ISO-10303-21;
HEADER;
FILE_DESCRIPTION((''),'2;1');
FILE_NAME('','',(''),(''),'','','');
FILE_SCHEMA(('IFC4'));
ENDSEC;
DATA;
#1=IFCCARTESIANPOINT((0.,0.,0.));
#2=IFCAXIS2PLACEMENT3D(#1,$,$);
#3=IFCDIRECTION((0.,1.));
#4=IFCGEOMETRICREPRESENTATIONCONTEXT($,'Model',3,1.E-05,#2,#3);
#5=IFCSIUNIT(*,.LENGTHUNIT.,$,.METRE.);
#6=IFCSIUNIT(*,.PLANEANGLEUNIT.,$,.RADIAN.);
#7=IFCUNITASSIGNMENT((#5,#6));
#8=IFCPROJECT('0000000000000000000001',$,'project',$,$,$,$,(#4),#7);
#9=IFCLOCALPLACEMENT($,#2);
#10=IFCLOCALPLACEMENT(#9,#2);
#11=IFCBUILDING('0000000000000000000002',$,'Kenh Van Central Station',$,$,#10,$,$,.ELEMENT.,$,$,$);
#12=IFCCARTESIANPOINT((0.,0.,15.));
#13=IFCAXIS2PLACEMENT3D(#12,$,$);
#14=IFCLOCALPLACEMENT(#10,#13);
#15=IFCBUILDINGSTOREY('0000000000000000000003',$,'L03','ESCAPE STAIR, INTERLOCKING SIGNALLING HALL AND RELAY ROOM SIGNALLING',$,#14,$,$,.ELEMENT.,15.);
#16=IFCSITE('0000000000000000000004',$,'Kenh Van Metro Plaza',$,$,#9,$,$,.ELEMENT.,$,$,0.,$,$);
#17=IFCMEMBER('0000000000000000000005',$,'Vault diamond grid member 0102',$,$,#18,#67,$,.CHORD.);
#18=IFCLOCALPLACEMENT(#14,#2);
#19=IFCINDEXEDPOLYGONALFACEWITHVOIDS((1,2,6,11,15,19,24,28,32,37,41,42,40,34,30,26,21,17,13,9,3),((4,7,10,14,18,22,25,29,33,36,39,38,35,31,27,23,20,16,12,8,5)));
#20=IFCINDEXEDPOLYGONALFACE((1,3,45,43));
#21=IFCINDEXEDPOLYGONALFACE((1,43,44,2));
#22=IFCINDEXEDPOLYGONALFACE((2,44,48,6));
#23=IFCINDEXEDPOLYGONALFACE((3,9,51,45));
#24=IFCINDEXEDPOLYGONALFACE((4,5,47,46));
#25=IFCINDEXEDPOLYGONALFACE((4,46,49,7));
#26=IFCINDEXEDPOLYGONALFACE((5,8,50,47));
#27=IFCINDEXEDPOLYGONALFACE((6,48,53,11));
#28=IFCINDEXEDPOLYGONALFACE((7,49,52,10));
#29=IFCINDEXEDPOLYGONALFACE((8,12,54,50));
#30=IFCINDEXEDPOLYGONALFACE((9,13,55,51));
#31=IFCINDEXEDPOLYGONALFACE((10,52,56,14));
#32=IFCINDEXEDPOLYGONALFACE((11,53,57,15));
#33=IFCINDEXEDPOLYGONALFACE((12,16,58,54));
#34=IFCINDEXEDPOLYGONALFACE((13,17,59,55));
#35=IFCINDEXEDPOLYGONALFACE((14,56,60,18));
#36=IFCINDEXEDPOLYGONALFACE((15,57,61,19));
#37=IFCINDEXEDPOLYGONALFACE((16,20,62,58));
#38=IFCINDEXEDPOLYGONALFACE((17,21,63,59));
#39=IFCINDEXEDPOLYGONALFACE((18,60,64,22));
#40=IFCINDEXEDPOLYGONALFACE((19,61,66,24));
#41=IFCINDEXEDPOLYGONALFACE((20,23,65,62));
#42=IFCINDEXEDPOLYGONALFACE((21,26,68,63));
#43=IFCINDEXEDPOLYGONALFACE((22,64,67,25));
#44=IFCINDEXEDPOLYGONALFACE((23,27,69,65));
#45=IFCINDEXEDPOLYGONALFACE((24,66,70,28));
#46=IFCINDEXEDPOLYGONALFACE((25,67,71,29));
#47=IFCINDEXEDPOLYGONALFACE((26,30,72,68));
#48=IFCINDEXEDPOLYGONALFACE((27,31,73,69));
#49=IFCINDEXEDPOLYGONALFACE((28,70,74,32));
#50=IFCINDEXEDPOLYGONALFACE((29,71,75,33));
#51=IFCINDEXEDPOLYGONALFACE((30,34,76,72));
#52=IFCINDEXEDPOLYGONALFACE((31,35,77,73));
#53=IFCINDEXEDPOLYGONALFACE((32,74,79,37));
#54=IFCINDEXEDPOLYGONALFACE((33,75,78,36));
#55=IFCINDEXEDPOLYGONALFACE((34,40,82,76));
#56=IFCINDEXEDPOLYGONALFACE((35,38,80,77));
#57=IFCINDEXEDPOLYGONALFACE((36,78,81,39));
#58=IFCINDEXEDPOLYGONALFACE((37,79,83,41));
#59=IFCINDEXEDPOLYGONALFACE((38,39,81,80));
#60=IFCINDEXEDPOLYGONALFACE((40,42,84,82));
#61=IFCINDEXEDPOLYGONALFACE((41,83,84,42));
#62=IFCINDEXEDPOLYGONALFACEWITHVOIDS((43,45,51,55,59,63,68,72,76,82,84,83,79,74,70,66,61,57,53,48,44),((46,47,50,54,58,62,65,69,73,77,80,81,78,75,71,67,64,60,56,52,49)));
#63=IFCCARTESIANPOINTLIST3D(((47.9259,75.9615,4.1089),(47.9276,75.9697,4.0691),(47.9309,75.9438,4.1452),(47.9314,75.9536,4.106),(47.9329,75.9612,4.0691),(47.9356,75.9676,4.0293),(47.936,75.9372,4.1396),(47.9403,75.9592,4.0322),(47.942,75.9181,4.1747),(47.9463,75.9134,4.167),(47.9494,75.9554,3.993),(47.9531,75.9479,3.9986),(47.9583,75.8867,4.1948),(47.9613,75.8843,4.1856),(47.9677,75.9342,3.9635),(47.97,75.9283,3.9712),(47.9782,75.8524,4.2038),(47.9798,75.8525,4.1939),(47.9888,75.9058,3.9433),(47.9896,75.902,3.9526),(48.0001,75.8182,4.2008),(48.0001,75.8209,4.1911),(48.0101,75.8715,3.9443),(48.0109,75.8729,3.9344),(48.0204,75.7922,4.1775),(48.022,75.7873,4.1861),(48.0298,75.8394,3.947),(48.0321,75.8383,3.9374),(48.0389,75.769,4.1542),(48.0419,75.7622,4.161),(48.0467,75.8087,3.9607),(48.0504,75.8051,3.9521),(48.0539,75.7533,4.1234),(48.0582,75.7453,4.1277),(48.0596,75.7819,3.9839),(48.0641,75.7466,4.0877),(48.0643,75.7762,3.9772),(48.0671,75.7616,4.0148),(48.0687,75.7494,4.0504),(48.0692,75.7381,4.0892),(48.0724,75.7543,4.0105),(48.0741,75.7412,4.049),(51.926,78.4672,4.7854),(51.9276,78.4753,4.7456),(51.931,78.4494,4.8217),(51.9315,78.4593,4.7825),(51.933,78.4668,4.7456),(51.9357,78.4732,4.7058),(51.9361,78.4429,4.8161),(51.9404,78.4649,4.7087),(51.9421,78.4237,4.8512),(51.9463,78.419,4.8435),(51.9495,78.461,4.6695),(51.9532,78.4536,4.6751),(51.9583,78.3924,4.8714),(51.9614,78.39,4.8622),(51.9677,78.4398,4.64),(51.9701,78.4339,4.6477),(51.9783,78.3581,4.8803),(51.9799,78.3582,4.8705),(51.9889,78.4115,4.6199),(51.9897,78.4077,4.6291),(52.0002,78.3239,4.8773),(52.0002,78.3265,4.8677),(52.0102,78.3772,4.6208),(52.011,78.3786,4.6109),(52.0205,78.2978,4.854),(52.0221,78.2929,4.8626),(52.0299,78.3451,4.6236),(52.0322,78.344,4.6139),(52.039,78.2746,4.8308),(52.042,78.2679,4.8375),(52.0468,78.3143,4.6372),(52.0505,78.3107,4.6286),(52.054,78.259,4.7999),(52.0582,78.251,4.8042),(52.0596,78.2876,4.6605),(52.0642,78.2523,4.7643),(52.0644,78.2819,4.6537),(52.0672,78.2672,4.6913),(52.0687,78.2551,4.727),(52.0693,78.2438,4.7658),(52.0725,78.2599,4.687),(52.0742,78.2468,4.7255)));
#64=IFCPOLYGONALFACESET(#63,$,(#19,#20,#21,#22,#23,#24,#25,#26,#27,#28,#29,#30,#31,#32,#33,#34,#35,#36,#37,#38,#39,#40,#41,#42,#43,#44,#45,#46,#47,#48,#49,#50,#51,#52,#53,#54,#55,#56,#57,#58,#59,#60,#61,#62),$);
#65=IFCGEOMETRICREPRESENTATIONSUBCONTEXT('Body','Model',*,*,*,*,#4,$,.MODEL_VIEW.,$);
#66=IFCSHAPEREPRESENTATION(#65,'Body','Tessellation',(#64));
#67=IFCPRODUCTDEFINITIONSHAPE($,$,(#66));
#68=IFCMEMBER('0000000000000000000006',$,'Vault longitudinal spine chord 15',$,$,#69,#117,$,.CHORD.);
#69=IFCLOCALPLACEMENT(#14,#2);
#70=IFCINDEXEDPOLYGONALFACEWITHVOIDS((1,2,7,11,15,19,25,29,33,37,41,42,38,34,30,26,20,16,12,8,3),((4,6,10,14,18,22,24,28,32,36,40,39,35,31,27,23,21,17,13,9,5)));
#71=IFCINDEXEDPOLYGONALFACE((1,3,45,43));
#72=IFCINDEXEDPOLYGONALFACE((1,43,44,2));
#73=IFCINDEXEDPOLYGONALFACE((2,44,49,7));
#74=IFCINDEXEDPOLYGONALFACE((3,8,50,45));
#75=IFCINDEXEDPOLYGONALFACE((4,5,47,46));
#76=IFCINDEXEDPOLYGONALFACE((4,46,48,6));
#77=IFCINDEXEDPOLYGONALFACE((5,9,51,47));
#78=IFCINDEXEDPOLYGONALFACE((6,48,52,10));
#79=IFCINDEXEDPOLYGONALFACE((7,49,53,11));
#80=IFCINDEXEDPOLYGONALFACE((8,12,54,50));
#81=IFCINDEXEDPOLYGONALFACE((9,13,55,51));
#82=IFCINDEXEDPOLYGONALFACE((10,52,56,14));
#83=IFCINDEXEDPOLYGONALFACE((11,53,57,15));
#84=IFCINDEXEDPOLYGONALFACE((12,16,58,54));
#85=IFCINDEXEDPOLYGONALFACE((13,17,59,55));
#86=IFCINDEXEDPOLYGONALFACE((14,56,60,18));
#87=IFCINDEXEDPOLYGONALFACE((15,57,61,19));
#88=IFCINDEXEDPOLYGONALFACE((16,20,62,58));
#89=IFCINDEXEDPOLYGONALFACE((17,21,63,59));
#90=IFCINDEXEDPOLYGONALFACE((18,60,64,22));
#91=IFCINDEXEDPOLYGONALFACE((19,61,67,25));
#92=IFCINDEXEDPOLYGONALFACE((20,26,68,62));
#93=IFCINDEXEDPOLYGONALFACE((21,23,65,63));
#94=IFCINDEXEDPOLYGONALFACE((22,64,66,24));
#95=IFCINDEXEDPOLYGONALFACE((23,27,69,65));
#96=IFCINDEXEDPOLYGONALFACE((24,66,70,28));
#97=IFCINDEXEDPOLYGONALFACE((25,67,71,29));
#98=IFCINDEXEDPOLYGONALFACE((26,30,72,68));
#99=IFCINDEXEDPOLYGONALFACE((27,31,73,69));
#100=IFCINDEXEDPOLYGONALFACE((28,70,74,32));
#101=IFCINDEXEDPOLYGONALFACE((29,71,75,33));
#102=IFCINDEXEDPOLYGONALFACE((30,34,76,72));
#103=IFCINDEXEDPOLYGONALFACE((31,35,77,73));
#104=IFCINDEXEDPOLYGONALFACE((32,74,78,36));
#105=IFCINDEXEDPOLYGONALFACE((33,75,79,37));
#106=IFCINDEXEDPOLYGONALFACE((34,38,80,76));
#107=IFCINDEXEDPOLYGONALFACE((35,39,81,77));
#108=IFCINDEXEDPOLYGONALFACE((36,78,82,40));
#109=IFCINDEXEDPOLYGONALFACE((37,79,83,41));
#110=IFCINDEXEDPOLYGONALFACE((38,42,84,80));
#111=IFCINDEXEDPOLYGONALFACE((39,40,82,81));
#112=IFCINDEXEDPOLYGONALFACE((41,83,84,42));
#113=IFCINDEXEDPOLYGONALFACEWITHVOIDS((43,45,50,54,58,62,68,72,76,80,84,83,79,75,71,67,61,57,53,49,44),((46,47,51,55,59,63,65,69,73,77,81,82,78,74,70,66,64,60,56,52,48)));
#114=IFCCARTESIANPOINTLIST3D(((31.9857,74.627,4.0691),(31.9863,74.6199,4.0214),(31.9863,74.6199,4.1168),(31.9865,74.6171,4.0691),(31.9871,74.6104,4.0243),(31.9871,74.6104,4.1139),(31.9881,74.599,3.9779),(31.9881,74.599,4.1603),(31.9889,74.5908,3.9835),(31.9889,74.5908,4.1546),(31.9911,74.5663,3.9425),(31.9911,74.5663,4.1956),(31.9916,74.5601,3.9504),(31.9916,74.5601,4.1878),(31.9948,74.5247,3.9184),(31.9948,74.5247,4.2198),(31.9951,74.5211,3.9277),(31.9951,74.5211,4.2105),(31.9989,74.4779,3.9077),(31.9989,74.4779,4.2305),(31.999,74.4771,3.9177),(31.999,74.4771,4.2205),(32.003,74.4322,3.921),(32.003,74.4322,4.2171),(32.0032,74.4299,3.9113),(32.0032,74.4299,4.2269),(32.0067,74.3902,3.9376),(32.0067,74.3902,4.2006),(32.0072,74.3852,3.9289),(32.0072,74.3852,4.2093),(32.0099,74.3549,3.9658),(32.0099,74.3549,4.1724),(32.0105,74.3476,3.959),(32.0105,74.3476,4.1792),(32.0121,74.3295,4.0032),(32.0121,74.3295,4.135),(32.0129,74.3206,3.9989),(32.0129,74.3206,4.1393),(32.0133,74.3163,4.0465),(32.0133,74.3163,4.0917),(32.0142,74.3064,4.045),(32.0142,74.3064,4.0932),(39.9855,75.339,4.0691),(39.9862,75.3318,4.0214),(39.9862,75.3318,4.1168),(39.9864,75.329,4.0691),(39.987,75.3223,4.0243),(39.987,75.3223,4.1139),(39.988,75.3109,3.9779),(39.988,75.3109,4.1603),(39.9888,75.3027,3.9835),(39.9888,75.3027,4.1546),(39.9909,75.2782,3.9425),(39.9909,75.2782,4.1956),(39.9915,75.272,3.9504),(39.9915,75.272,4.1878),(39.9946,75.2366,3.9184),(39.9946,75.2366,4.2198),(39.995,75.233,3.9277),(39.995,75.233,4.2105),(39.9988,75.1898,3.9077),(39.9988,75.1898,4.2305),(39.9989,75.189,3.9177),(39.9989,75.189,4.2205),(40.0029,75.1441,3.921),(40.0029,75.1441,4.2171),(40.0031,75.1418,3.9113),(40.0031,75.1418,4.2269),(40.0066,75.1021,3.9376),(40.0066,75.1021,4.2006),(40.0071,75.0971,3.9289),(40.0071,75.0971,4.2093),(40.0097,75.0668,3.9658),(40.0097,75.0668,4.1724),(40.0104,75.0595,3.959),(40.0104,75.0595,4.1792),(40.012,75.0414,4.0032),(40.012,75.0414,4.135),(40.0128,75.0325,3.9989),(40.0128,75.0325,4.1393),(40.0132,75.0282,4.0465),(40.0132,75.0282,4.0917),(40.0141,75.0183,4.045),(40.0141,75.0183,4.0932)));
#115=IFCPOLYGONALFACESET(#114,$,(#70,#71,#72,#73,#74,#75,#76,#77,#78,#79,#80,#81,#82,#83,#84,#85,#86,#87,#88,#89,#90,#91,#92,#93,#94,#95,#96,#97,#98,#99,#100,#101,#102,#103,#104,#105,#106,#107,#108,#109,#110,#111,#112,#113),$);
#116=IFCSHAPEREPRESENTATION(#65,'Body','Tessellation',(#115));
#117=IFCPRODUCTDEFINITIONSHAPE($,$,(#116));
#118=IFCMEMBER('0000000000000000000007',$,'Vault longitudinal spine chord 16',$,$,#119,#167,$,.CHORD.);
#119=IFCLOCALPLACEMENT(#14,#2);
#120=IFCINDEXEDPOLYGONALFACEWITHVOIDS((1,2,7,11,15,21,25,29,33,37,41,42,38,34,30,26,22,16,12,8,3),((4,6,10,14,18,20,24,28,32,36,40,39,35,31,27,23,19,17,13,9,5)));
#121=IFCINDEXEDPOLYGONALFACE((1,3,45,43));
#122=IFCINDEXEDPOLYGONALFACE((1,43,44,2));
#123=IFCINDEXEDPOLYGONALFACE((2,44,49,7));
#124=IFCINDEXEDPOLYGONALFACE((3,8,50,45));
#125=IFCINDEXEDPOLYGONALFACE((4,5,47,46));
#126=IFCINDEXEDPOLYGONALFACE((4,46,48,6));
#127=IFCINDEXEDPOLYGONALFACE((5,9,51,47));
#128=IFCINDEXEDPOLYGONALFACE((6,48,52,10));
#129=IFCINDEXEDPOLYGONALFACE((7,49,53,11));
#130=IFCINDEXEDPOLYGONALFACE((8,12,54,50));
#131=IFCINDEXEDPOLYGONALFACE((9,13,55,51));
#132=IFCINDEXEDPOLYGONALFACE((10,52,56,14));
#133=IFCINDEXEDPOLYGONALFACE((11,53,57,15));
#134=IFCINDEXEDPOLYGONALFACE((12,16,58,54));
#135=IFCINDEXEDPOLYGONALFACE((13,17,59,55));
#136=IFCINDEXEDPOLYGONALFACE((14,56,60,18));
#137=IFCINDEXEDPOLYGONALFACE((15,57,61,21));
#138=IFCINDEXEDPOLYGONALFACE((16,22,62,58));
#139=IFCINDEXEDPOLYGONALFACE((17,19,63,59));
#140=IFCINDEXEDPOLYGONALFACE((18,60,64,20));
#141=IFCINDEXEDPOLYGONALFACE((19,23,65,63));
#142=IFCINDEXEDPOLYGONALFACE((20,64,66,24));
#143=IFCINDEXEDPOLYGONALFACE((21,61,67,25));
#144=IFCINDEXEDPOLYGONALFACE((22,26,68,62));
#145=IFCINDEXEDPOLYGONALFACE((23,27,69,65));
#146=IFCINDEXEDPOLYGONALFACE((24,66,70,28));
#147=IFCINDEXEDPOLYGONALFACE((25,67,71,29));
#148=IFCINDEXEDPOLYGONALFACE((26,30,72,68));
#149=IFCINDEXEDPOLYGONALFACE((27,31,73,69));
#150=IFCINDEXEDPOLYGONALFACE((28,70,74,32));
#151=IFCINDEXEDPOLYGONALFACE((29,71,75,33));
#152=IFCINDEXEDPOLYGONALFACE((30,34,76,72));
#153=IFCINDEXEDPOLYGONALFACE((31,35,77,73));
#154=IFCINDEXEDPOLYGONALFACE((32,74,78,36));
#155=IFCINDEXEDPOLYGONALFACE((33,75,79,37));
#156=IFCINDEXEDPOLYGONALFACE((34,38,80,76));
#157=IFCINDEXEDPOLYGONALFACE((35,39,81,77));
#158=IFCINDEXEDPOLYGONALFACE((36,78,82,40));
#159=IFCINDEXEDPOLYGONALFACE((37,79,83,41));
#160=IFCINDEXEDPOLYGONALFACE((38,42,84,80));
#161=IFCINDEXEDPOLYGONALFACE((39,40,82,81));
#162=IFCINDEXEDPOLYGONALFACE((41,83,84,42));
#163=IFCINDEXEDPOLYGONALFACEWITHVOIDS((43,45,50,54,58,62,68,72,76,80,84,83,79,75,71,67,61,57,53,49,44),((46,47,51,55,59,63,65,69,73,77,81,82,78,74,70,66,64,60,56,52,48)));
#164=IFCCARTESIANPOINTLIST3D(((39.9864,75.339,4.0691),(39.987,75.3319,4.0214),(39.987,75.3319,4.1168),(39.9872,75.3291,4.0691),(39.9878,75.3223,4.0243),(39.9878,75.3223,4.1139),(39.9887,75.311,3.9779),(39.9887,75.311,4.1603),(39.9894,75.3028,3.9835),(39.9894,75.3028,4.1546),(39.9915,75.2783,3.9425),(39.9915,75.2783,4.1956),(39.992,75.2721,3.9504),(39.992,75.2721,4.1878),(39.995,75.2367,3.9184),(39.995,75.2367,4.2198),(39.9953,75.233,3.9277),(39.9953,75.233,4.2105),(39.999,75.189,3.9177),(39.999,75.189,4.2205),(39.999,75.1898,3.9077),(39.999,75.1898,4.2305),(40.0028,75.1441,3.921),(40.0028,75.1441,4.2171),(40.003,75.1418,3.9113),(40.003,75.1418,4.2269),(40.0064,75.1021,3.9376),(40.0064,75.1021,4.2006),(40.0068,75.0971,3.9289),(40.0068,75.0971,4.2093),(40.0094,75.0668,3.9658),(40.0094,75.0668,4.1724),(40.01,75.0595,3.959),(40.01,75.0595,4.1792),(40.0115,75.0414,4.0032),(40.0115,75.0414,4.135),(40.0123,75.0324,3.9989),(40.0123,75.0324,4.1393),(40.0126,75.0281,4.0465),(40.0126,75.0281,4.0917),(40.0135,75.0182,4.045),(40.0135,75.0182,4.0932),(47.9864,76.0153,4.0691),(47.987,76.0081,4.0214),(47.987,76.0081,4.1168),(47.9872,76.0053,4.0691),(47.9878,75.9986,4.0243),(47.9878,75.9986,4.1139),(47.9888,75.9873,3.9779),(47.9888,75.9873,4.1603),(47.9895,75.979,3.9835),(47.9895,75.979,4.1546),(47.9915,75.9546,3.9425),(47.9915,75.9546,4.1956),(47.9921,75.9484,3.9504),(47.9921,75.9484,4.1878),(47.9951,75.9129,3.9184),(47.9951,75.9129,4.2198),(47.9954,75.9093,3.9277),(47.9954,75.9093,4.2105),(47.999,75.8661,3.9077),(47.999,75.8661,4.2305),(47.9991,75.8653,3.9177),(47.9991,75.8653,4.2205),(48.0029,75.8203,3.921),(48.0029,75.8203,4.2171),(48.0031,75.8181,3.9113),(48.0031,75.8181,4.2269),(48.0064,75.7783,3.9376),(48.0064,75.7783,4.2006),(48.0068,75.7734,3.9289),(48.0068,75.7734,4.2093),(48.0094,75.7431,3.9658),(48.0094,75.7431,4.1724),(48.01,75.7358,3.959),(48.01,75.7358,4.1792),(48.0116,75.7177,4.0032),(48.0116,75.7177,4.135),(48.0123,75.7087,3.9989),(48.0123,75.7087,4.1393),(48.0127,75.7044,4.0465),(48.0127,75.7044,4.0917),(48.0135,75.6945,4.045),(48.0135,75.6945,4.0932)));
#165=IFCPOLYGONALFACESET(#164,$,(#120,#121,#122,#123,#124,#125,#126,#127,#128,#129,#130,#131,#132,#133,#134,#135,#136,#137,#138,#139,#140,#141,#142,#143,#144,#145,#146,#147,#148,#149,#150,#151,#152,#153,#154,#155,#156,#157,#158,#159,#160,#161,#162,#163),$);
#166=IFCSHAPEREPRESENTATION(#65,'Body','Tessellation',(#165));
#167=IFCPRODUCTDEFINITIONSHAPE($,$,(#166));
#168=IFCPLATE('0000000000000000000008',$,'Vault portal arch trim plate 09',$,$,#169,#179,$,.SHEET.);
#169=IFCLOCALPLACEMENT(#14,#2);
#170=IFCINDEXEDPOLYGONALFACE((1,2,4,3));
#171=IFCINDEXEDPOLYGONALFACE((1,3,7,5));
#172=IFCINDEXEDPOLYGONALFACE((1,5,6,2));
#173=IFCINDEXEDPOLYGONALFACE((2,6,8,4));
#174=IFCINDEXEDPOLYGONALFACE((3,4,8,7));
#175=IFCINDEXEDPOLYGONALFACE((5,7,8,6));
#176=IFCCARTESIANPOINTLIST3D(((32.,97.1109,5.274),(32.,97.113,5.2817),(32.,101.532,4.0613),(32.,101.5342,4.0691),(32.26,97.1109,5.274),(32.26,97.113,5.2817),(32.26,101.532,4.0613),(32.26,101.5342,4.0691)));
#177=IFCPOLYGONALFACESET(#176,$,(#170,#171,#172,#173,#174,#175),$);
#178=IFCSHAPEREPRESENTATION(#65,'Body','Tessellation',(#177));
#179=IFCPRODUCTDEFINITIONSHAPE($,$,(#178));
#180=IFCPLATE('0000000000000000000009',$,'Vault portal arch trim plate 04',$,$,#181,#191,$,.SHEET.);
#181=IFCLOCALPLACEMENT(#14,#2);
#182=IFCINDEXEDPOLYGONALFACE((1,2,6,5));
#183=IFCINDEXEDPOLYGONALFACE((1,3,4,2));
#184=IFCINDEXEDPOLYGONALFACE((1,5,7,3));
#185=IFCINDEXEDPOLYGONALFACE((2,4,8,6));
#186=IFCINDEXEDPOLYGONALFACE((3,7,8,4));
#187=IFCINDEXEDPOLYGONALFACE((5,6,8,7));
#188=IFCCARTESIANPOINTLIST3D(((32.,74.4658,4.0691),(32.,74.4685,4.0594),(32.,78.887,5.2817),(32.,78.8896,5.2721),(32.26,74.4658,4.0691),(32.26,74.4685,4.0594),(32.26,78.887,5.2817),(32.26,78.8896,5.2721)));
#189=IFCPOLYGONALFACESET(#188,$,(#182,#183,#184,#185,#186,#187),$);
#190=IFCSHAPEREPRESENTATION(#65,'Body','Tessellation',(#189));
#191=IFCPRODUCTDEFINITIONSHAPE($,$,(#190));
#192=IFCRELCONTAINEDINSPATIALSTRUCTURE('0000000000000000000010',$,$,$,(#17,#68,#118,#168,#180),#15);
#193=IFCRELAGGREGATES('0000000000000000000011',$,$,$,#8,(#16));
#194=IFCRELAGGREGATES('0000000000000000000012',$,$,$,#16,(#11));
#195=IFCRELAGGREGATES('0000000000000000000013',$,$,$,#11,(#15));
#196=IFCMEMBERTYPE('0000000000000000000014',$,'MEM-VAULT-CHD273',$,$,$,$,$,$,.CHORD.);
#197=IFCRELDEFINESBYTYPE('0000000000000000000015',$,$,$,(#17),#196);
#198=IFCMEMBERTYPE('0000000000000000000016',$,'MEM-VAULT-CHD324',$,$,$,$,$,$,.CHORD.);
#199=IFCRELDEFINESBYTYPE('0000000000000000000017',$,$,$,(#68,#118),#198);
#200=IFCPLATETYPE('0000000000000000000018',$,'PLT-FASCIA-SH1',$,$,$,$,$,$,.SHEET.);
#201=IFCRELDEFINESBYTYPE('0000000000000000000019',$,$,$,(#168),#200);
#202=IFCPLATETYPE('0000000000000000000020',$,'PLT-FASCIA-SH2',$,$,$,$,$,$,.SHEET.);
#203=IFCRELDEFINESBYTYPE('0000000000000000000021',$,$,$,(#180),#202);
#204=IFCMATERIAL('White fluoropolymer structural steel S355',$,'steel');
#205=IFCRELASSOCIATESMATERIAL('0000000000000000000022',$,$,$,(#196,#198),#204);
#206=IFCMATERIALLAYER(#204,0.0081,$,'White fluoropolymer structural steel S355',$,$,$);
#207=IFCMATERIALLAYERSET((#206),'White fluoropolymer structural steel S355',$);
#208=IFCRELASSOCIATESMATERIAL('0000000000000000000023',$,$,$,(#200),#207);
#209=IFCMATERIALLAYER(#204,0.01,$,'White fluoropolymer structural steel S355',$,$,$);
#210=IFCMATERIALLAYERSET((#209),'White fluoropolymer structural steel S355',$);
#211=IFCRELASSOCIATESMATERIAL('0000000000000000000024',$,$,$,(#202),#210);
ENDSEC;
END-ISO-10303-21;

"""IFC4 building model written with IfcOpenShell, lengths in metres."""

from ifc_helpers import new_model, si_unit, direction, frame, origin, origin_2d, place, context, subcontext, project, spatial, polyline, hollow_circle, outline, extrude, material, layer, layer_set, material_profile, profile_set, type_object, element, save


model = new_model("IFC4")

# Units and contexts
model_context = context("Model", 3, precision=1e-05, world=origin(), true_north=direction((0.0, 1.0)))
body_context = subcontext(model_context, "Body", "Model", "MODEL_VIEW")
ifc_project = project(units=[si_unit("LENGTHUNIT", "METRE"), si_unit("PLANEANGLEUNIT", "RADIAN")], contexts=[model_context])

# Site, building, storey
site_placement = place(None, origin())
site = spatial("IfcSite", under=ifc_project, at=site_placement, Name="Kenh Van Metro Plaza", CompositionType="ELEMENT", RefElevation=0.0)
building_placement = place(site_placement, origin())
building = spatial("IfcBuilding", under=site, at=building_placement, Name="Kenh Van Central Station", CompositionType="ELEMENT")
storey_placement = place(building_placement, frame((0.0, 0.0, 15.0)))
storey = spatial("IfcBuildingStorey", under=building, at=storey_placement, Name="L03", Description="ESCAPE STAIR, INTERLOCKING SIGNALLING HALL AND RELAY ROOM SIGNALLING", CompositionType="ELEMENT", Elevation=15.0)

# Shared definitions
ifc_material_1 = material(Name="White fluoropolymer structural steel S355", Category="steel")

# Members
ifc_material_profile_1 = material_profile(ifc_material_1, hollow_circle(Radius=0.1365, WallThickness=0.01, at=origin_2d()), Name="CHS 273x10")
ifc_profile_set_1 = profile_set([ifc_material_profile_1], Name="White fluoropolymer structural steel S355")
member_type_1 = type_object("IfcMemberType", Name="MEM-VAULT-CHD273", PredefinedType="CHORD", material=ifc_profile_set_1)
member_1_placement = place(storey_placement, frame((48.0, 75.854, 4.0691), z_axis=(0.83889, 0.525484, 0.14188), x_axis=(-0.530854, 0.847463, 0.0)))
element("IfcMember", 1, at=member_1_placement, inside=storey, type_object=member_type_1, Name="Vault diamond grid member 0102", PredefinedType="CHORD", context=body_context, shape_type="SweptSolid", body=[
    extrude(hollow_circle(Radius=0.1365, WallThickness=0.01, at=origin_2d()), origin(), (0.0, 0.0, 1.0), 4.7683),
])
ifc_material_profile_2 = material_profile(ifc_material_1, hollow_circle(Radius=0.1619, WallThickness=0.01, at=origin_2d()), Name="CHS 323.9x10")
ifc_profile_set_2 = profile_set([ifc_material_profile_2], Name="White fluoropolymer structural steel S355")
member_type_2 = type_object("IfcMemberType", Name="MEM-VAULT-CHD324", PredefinedType="CHORD", material=ifc_profile_set_2)
member_2_placement = place(storey_placement, frame((32.0, 74.4658, 4.0691), z_axis=(0.996064, 0.088639, 0.0), x_axis=(-0.088639, 0.996064, 0.0)))
element("IfcMember", 2, at=member_2_placement, inside=storey, type_object=member_type_2, Name="Vault longitudinal spine chord 15", PredefinedType="CHORD", context=body_context, shape_type="SweptSolid", body=[
    extrude(hollow_circle(Radius=0.1619, WallThickness=0.01, at=origin_2d()), origin(), (0.0, 0.0, 1.0), 8.0315),
])
member_3_placement = place(storey_placement, frame((40.0, 75.1777, 4.0691), z_axis=(0.996446, 0.084233, 0.0), x_axis=(-0.084233, 0.996446, 0.0)))
element("IfcMember", 3, at=member_3_placement, inside=storey, type_object=member_type_2, Name="Vault longitudinal spine chord 16", PredefinedType="CHORD", context=body_context, shape_type="SweptSolid", body=[
    extrude(hollow_circle(Radius=0.1619, WallThickness=0.01, at=origin_2d()), origin(), (0.0, 0.0, 1.0), 8.0286),
])

# Plates
ifc_layer_1 = layer(ifc_material_1, 0.0081, Name="White fluoropolymer structural steel S355")
ifc_layer_set_1 = layer_set([ifc_layer_1], Name="White fluoropolymer structural steel S355")
plate_type_1 = type_object("IfcPlateType", Name="PLT-FASCIA-SH1", PredefinedType="SHEET", material=ifc_layer_set_1)
plate_1_placement = place(storey_placement, frame((32.0, 97.113, 5.2817), z_axis=(0.0, 0.264514, 0.964382), x_axis=(1.0, 0.0, 0.0)))
element("IfcPlate", 4, at=plate_1_placement, inside=storey, type_object=plate_type_1, Name="Vault portal arch trim plate 09", PredefinedType="SHEET", context=body_context, shape_type="SweptSolid", body=[
    extrude(outline(polyline([(0.0, 0.0), (0.26, 0.0), (0.26, 4.5844), (0.0, 4.5844), (0.0, 0.0)])), origin(), (0.0, 0.0, -1.0), 0.0081),
])
ifc_layer_2 = layer(ifc_material_1, 0.01, Name="White fluoropolymer structural steel S355")
ifc_layer_set_2 = layer_set([ifc_layer_2], Name="White fluoropolymer structural steel S355")
plate_type_2 = type_object("IfcPlateType", Name="PLT-FASCIA-SH2", PredefinedType="SHEET", material=ifc_layer_set_2)
plate_2_placement = place(storey_placement, frame((32.0, 74.4658, 4.0691), z_axis=(0.0, -0.264514, 0.964382), x_axis=(1.0, 0.0, 0.0)))
element("IfcPlate", 5, at=plate_2_placement, inside=storey, type_object=plate_type_2, Name="Vault portal arch trim plate 04", PredefinedType="SHEET", context=body_context, shape_type="SweptSolid", body=[
    extrude(outline(polyline([(0.0, 0.0), (0.26, 0.0), (0.26, 4.5844), (0.0, 4.5844), (0.0, 0.0)])), origin(), (0.0, 0.0, -1.0), 0.01),
])

save(model, "model.ifc")
